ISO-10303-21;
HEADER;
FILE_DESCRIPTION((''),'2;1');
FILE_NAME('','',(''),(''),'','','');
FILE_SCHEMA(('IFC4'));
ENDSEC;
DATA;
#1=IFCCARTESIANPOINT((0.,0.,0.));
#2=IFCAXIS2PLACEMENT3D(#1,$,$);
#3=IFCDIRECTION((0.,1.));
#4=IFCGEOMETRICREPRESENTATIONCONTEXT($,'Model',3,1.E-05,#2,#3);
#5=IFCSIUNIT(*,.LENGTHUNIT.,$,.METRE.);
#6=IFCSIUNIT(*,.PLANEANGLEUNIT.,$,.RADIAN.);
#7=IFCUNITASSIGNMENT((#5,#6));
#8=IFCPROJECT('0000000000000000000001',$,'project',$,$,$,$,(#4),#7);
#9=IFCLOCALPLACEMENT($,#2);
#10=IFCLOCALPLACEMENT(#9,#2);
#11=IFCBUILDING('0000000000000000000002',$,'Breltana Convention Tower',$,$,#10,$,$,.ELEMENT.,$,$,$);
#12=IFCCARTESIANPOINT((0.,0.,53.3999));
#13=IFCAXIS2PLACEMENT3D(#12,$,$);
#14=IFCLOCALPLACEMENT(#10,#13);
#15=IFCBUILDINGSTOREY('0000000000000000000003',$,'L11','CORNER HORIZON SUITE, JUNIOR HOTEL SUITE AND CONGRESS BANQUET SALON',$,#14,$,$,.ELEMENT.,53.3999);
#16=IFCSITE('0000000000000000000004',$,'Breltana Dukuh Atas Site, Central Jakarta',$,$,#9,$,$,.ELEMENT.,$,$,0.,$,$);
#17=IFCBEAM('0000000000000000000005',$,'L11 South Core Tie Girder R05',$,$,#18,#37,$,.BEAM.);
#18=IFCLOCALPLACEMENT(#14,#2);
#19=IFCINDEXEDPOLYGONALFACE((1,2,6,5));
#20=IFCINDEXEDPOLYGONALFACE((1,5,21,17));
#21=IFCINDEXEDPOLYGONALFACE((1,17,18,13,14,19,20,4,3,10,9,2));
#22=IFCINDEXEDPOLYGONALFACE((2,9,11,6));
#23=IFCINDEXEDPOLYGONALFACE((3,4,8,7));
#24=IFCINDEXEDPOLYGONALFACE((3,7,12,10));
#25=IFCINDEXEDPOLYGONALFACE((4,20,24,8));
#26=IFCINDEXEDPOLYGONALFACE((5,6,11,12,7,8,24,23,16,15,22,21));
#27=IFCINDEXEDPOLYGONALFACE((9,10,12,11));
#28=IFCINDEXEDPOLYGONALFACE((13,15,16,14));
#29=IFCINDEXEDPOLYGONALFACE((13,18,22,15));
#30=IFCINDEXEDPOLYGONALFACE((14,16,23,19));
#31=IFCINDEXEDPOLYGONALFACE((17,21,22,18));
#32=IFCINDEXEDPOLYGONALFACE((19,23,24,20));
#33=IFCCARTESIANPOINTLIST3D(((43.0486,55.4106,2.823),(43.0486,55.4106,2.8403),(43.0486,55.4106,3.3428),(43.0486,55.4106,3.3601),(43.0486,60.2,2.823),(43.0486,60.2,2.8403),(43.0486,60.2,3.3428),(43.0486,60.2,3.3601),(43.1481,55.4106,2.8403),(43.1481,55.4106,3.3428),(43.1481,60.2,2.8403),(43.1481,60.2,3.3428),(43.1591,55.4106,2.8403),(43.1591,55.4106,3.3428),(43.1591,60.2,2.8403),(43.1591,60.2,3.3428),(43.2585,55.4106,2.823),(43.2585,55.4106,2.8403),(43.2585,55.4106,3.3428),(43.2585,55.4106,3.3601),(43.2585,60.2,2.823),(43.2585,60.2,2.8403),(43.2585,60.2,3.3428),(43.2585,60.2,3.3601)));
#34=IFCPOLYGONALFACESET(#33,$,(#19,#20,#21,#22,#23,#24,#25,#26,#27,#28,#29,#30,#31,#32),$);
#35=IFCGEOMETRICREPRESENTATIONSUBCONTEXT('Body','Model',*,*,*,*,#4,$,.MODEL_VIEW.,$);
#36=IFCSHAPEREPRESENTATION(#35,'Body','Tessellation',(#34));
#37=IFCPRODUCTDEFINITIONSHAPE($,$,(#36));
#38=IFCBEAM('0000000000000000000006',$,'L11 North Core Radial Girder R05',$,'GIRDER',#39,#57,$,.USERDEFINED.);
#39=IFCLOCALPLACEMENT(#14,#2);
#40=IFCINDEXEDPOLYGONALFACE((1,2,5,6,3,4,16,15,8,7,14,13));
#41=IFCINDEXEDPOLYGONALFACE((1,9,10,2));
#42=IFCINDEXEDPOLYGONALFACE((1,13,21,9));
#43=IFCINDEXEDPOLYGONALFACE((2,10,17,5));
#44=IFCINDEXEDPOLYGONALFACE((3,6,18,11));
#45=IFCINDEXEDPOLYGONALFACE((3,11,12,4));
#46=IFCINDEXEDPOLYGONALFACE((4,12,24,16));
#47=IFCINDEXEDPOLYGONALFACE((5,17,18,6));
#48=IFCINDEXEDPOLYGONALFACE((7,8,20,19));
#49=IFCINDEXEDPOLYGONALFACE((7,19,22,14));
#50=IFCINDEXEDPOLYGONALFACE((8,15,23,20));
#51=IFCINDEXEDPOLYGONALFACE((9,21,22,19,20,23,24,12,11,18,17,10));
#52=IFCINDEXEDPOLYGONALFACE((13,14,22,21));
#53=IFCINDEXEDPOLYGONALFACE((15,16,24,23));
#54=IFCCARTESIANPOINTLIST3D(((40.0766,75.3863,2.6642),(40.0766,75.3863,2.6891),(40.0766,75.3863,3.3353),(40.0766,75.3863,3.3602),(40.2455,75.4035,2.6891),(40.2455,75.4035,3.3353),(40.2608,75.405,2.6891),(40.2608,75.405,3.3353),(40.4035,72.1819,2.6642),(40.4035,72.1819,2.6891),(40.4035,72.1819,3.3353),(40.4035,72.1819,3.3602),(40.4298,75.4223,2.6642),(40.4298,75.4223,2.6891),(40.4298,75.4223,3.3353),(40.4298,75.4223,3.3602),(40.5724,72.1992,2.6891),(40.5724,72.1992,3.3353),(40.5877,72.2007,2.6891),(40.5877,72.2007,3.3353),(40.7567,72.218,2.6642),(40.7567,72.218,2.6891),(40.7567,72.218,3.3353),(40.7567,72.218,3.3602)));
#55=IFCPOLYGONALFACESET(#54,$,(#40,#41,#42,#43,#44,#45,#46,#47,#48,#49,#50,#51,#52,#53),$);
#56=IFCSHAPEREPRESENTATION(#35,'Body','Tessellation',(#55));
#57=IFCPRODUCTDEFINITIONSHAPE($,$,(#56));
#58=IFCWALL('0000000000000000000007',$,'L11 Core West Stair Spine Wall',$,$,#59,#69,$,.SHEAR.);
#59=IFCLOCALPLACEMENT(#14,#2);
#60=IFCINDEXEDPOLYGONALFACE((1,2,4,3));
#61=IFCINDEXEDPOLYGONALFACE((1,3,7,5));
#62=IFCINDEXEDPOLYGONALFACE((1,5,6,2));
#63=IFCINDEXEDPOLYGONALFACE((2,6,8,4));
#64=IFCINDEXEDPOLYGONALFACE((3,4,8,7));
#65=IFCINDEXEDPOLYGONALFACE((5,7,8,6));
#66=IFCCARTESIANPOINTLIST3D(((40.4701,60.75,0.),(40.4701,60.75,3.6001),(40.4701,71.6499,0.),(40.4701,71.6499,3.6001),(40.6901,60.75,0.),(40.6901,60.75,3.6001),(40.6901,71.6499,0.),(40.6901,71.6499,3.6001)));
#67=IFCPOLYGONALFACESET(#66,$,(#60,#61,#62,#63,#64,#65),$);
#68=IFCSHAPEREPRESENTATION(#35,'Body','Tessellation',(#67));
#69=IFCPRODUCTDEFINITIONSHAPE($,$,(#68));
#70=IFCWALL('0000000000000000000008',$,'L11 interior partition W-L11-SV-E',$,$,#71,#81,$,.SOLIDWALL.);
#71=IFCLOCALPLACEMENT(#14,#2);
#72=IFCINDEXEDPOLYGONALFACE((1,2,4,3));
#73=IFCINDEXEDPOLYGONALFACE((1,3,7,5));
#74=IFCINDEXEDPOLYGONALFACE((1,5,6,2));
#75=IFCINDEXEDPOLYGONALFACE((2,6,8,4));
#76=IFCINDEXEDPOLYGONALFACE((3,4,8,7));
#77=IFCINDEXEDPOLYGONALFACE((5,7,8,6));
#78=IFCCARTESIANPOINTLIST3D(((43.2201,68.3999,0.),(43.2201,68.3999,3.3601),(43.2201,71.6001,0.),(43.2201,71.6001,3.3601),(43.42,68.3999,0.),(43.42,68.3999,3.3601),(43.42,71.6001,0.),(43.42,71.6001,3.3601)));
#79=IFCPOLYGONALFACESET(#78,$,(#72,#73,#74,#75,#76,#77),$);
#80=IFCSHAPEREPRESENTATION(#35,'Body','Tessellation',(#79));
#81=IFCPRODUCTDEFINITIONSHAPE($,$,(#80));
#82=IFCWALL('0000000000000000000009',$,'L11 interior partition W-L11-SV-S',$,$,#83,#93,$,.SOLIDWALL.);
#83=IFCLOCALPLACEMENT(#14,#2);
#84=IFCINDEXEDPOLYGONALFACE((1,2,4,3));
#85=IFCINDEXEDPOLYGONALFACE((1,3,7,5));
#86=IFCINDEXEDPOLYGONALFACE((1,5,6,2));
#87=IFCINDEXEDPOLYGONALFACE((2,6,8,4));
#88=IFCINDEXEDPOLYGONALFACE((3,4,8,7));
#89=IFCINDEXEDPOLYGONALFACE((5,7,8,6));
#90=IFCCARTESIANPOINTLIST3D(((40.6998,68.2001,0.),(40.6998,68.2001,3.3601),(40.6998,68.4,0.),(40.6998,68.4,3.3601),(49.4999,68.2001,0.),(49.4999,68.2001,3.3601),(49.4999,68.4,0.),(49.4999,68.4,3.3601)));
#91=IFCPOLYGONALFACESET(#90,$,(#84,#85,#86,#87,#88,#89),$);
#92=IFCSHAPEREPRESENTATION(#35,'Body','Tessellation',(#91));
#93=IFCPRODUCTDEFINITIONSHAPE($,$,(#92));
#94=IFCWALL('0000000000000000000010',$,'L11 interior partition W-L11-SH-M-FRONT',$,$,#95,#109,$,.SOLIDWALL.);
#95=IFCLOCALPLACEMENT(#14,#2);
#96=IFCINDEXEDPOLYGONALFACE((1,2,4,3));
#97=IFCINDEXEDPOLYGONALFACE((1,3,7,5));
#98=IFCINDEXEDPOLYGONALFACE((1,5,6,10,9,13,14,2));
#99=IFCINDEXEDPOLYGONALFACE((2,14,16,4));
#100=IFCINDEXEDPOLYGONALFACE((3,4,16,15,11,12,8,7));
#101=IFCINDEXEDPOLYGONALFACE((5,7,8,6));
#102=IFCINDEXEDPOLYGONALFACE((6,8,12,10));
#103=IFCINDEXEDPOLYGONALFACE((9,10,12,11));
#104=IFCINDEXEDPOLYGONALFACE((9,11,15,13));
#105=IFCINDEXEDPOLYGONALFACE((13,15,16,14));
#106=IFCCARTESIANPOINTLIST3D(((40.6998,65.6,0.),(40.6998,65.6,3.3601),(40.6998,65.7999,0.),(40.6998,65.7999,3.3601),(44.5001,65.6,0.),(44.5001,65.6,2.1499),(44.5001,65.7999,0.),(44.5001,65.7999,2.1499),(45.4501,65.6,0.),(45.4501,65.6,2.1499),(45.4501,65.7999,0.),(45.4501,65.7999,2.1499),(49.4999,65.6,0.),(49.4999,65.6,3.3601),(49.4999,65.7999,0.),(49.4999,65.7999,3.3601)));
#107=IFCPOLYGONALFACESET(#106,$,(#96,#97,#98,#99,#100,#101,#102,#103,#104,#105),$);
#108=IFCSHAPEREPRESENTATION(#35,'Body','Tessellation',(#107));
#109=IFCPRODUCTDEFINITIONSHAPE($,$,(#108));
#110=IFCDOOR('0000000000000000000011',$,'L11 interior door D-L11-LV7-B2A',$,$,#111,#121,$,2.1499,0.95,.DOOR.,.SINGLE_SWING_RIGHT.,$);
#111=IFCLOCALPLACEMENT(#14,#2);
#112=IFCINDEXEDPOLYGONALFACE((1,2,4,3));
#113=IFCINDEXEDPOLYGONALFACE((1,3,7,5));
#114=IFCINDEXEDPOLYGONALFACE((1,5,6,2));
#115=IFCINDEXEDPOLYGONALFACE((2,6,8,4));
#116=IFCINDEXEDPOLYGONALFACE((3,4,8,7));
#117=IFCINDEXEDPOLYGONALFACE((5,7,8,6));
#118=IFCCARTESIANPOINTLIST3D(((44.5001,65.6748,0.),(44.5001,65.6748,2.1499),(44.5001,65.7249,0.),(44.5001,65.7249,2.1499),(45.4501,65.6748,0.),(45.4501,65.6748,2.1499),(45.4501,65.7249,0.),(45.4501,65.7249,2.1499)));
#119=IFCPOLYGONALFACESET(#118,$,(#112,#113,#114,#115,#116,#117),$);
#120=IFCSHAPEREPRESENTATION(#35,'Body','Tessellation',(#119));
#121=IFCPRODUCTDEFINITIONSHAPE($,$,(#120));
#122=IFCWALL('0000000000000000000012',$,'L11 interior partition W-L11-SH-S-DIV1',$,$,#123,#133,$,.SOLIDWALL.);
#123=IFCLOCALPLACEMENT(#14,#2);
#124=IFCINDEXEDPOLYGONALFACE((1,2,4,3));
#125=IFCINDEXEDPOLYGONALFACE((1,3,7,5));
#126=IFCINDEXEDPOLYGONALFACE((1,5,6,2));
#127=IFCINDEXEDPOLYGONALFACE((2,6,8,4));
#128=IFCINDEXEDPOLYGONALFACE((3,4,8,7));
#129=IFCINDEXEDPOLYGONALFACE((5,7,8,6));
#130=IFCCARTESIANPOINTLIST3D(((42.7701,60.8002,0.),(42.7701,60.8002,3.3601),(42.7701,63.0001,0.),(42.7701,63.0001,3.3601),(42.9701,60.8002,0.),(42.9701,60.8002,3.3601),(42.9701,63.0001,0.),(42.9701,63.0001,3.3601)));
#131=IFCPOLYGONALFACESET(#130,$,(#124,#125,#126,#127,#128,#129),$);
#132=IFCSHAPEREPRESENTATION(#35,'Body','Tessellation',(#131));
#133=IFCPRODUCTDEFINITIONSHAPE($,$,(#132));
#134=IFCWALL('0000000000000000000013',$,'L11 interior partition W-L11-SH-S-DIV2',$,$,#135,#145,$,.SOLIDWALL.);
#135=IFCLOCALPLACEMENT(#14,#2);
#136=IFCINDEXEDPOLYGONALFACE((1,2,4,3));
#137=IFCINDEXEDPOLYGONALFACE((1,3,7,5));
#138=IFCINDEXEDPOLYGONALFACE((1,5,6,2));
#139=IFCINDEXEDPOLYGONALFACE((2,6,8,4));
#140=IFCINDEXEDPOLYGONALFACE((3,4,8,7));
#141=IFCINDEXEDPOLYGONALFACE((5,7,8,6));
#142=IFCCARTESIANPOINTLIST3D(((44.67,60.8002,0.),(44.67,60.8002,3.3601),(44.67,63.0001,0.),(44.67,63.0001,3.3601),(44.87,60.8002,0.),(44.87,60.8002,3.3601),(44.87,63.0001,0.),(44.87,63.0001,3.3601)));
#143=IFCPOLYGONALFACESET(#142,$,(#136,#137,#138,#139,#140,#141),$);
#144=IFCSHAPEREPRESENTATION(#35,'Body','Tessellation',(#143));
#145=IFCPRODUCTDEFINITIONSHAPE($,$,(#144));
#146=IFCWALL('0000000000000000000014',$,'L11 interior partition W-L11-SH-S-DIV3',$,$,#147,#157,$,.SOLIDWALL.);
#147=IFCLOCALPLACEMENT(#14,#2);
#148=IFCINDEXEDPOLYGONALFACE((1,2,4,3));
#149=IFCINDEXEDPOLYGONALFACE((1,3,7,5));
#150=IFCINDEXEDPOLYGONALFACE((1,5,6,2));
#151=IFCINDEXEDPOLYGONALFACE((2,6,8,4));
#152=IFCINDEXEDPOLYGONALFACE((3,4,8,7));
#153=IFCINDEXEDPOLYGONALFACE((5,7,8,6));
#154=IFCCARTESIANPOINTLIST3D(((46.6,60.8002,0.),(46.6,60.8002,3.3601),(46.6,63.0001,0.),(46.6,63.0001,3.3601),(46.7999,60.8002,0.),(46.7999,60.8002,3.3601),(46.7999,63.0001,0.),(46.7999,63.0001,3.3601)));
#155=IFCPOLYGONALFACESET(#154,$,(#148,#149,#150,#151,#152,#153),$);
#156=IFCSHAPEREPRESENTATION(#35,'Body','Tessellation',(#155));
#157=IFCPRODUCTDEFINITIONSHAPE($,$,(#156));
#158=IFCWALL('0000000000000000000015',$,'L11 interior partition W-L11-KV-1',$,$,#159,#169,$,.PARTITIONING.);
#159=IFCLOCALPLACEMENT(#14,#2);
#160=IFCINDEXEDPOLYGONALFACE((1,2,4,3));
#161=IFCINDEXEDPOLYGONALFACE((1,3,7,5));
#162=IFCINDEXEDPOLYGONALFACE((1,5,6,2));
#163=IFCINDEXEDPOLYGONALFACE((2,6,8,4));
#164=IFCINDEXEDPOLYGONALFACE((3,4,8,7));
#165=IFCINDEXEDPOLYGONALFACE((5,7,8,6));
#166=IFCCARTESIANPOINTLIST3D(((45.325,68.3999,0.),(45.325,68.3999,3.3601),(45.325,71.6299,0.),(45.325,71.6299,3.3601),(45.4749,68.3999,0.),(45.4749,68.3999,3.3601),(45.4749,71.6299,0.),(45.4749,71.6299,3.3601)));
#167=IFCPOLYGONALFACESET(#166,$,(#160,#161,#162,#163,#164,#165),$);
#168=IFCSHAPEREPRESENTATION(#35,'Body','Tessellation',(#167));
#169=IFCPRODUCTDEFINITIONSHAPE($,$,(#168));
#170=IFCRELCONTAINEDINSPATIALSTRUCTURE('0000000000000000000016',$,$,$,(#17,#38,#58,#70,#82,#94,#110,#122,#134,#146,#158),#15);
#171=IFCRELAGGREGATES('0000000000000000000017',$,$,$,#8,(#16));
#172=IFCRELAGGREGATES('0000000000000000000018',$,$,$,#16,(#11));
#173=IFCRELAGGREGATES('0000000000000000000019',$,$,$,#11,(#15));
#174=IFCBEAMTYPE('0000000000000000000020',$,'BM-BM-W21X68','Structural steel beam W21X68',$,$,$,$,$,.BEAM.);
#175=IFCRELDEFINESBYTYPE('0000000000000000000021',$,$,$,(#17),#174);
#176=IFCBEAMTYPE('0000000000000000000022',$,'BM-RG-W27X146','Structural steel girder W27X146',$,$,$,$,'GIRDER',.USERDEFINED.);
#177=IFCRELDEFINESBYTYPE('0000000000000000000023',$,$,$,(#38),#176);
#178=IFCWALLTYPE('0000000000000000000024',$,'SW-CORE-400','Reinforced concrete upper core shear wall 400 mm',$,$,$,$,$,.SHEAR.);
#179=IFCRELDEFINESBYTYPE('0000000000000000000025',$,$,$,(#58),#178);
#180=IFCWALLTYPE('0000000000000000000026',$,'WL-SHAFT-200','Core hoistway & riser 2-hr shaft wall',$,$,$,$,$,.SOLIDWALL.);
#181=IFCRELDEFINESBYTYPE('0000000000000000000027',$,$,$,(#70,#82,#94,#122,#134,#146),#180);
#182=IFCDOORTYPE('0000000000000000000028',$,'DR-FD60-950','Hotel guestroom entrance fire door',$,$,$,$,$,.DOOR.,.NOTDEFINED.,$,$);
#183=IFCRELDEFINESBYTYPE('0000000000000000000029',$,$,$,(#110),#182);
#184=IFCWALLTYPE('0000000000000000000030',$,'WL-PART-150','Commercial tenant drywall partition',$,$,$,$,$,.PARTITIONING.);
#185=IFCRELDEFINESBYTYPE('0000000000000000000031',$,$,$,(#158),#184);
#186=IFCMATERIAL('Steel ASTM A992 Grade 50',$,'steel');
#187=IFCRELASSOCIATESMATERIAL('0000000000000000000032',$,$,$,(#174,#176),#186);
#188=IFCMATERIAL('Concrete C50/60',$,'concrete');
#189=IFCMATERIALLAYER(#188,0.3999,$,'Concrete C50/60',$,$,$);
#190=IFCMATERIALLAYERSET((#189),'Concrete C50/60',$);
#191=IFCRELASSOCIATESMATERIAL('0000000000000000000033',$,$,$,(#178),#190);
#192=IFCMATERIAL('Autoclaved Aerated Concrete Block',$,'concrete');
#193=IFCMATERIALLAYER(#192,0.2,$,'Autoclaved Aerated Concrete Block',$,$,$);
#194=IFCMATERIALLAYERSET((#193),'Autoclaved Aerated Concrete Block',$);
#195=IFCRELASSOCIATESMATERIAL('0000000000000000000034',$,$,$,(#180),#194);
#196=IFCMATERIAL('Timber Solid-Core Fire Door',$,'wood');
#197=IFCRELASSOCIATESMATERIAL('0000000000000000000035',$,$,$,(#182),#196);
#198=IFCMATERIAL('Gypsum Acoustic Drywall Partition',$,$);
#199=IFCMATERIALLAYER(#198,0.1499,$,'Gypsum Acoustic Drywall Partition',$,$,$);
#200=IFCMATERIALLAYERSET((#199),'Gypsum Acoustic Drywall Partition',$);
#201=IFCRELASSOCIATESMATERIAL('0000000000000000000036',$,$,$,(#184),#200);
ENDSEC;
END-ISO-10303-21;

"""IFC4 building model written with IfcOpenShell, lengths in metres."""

from ifc_helpers import new_model, si_unit, direction, frame, frame_2d, origin, origin_2d, place, context, subcontext, project, spatial, rectangle, i_section, extrude, source, transform, mapped, material, layer, layer_set, material_profile, profile_set, type_object, type_shapes, element, fill, save


model = new_model("IFC4")

# Units and contexts
model_context = context("Model", 3, precision=1e-05, world=origin(), true_north=direction((0.0, 1.0)))
body_context = subcontext(model_context, "Body", "Model", "MODEL_VIEW")
ifc_project = project(units=[si_unit("LENGTHUNIT", "METRE"), si_unit("PLANEANGLEUNIT", "RADIAN")], contexts=[model_context])

# Site, building, storey
site_placement = place(None, origin())
site = spatial("IfcSite", under=ifc_project, at=site_placement, Name="Breltana Dukuh Atas Site, Central Jakarta", CompositionType="ELEMENT", RefElevation=0.0)
building_placement = place(site_placement, origin())
building = spatial("IfcBuilding", under=site, at=building_placement, Name="Breltana Convention Tower", CompositionType="ELEMENT")
storey_placement = place(building_placement, frame((0.0, 0.0, 53.3999)))
storey = spatial("IfcBuildingStorey", under=building, at=storey_placement, Name="L11", Description="CORNER HORIZON SUITE, JUNIOR HOTEL SUITE AND CONGRESS BANQUET SALON", CompositionType="ELEMENT", Elevation=53.3999)

# Beams
ifc_material_1 = material(Name="Steel ASTM A992 Grade 50", Category="steel")
ifc_material_profile_1 = material_profile(ifc_material_1, i_section(OverallWidth=0.21, OverallDepth=0.5371, WebThickness=0.011, FlangeThickness=0.0173, at=origin_2d()), Name="W21X68")
ifc_profile_set_1 = profile_set([ifc_material_profile_1], Name="Steel ASTM A992 Grade 50")
beam_type_1 = type_object("IfcBeamType", Name="BM-BM-W21X68", Description="Structural steel beam W21X68", PredefinedType="BEAM", material=ifc_profile_set_1)
shared_shape_1 = source(origin(), body_context, "Body", "SweptSolid", [
    extrude(i_section(OverallWidth=0.21, OverallDepth=0.5371, WebThickness=0.011, FlangeThickness=0.0173, at=origin_2d()), origin(), (0.0, 0.0, 1.0), 4.7893),
])
beam_1_placement = place(storey_placement, frame((43.1536, 60.2, 3.0916), z_axis=(0.0, -1.0, 0.0), x_axis=(1.0, 0.0, 0.0)))
element("IfcBeam", 1, at=beam_1_placement, inside=storey, type_object=beam_type_1, Name="L11 South Core Tie Girder R05", PredefinedType="BEAM", context=body_context, shape_type="MappedRepresentation", body=[
    mapped(shared_shape_1, transform((0.0, 0.0, 0.0), scale=1.0)),
])
ifc_material_profile_2 = material_profile(ifc_material_1, i_section(OverallWidth=0.355, OverallDepth=0.696, WebThickness=0.0154, FlangeThickness=0.0249, at=origin_2d()), Name="W27X146")
ifc_profile_set_2 = profile_set([ifc_material_profile_2], Name="Steel ASTM A992 Grade 50")
beam_type_2 = type_object("IfcBeamType", Name="BM-RG-W27X146", Description="Structural steel girder W27X146", ElementType="GIRDER", PredefinedType="USERDEFINED", material=ifc_profile_set_2)
shared_shape_2 = source(origin(), body_context, "Body", "SweptSolid", [
    extrude(i_section(OverallWidth=0.355, OverallDepth=0.696, WebThickness=0.0154, FlangeThickness=0.0249, at=origin_2d()), origin(), (0.0, 0.0, 1.0), 3.2209),
])
beam_2_placement = place(storey_placement, frame((40.5801, 72.2, 3.0122), z_axis=(-0.101492, 0.994836, 0.0), x_axis=(-0.994836, -0.101492, 0.0)))
element("IfcBeam", 2, at=beam_2_placement, inside=storey, type_object=beam_type_2, Name="L11 North Core Radial Girder R05", ObjectType="GIRDER", PredefinedType="USERDEFINED", context=body_context, shape_type="MappedRepresentation", body=[
    mapped(shared_shape_2, transform((0.0, 0.0, 0.0), scale=1.0)),
])

# Walls
ifc_material_2 = material(Name="Concrete C50/60", Category="concrete")
ifc_layer_1 = layer(ifc_material_2, 0.3999, Name="Concrete C50/60")
ifc_layer_set_1 = layer_set([ifc_layer_1], Name="Concrete C50/60")
wall_type_1 = type_object("IfcWallType", Name="SW-CORE-400", Description="Reinforced concrete upper core shear wall 400 mm", PredefinedType="SHEAR", material=ifc_layer_set_1)
shared_shape_3 = source(origin(), body_context, "Body", "SweptSolid", [
    extrude(rectangle(XDim=10.8999, YDim=0.22, at=frame_2d((5.45, 0.0))), origin(), (0.0, 0.0, 1.0), 3.6001),
])
wall_1_placement = place(storey_placement, frame((40.5801, 60.75, 0.0), z_axis=(0.0, 0.0, 1.0), x_axis=(0.0, 1.0, 0.0)))
element("IfcWall", 3, at=wall_1_placement, inside=storey, type_object=wall_type_1, Name="L11 Core West Stair Spine Wall", PredefinedType="SHEAR", context=body_context, shape_type="MappedRepresentation", body=[
    mapped(shared_shape_3, transform((0.0, 0.0, 0.0), scale=1.0)),
])
ifc_material_3 = material(Name="Autoclaved Aerated Concrete Block", Category="concrete")
ifc_layer_2 = layer(ifc_material_3, 0.2, Name="Autoclaved Aerated Concrete Block")
ifc_layer_set_2 = layer_set([ifc_layer_2], Name="Autoclaved Aerated Concrete Block")
wall_type_2 = type_object("IfcWallType", Name="WL-SHAFT-200", Description="Core hoistway & riser 2-hr shaft wall", PredefinedType="SOLIDWALL", material=ifc_layer_set_2)
shared_shape_4 = source(origin(), body_context, "Body", "SweptSolid", [
    extrude(rectangle(XDim=3.2002, YDim=0.2, at=frame_2d((1.6001, 0.0))), origin(), (0.0, 0.0, 1.0), 3.3601),
])
wall_2_placement = place(storey_placement, frame((43.3201, 68.3999, 0.0), z_axis=(0.0, 0.0, 1.0), x_axis=(0.0, 1.0, 0.0)))
element("IfcWall", 4, at=wall_2_placement, inside=storey, type_object=wall_type_2, Name="L11 interior partition W-L11-SV-E", PredefinedType="SOLIDWALL", context=body_context, shape_type="MappedRepresentation", body=[
    mapped(shared_shape_4, transform((0.0, 0.0, 0.0), scale=1.0)),
])
shared_shape_5 = source(origin(), body_context, "Body", "SweptSolid", [
    extrude(rectangle(XDim=8.8, YDim=0.2, at=frame_2d((4.3999, 0.0))), origin(), (0.0, 0.0, 1.0), 3.3601),
])
wall_3_placement = place(storey_placement, frame((40.7, 68.3, 0.0), z_axis=(0.0, 0.0, 1.0), x_axis=(1.0, 0.0, 0.0)))
element("IfcWall", 5, at=wall_3_placement, inside=storey, type_object=wall_type_2, Name="L11 interior partition W-L11-SV-S", PredefinedType="SOLIDWALL", context=body_context, shape_type="MappedRepresentation", body=[
    mapped(shared_shape_5, transform((0.0, 0.0, 0.0), scale=1.0)),
])

# Wall, opening, door
wall_4_placement = place(storey_placement, frame((40.7, 65.7, 0.0), z_axis=(0.0, 0.0, 1.0), x_axis=(1.0, 0.0, 0.0)))
wall_4 = element("IfcWall", 6, at=wall_4_placement, inside=storey, type_object=wall_type_2, Name="L11 interior partition W-L11-SH-M-FRONT", PredefinedType="SOLIDWALL", context=body_context, shape_type="MappedRepresentation", body=[
    mapped(shared_shape_5, transform((0.0, 0.0, 0.0), scale=1.0)),
])
opening_1_placement = place(wall_4_placement, frame((3.8, 0.0, 0.0)))
opening_1 = element("IfcOpeningElement", 7, at=opening_1_placement, cuts=wall_4, PredefinedType="OPENING", context=body_context, shape_type="SweptSolid", body=[
    extrude(rectangle(XDim=0.95, YDim=2.1499, at=frame_2d((0.4751, 1.075))), frame((0.0, 0.1099, 0.0), z_axis=(0.0, -1.0, 0.0), x_axis=(1.0, 0.0, 0.0)), (0.0, 0.0, 1.0), 0.22),
])
ifc_material_4 = material(Name="Timber Solid-Core Fire Door", Category="wood")
door_type_1 = type_object("IfcDoorType", Name="DR-FD60-950", Description="Hotel guestroom entrance fire door", OperationType="NOTDEFINED", PredefinedType="DOOR", material=ifc_material_4)
shared_shape_6 = source(origin(), body_context, "Body", "SweptSolid", [
    extrude(rectangle(XDim=0.95, YDim=2.1499, at=frame_2d((0.4751, 1.075))), frame((0.0, 0.0249, 0.0), z_axis=(0.0, -1.0, 0.0), x_axis=(1.0, 0.0, 0.0)), (0.0, 0.0, 1.0), 0.05),
])
type_shapes(door_type_1, [shared_shape_6])
door_1_placement = place(opening_1_placement, origin())
door_1 = element("IfcDoor", 8, at=door_1_placement, inside=storey, type_object=door_type_1, Name="L11 interior door D-L11-LV7-B2A", OperationType="SINGLE_SWING_RIGHT", OverallHeight=2.1499, OverallWidth=0.95, PredefinedType="DOOR", context=body_context, shape_type="MappedRepresentation", body=[
    mapped(shared_shape_6, transform((0.0, 0.0, 0.0), scale=1.0)),
])
fill(opening_1, door_1)

# Walls
shared_shape_7 = source(origin(), body_context, "Body", "SweptSolid", [
    extrude(rectangle(XDim=2.2, YDim=0.2, at=frame_2d((1.1001, 0.0))), origin(), (0.0, 0.0, 1.0), 3.3601),
])
for number, where, z_axis, x_axis, name in (
    (9, (42.8701, 60.8, 0.0), (0.0, 0.0, 1.0), (0.0, 1.0, 0.0), "L11 interior partition W-L11-SH-S-DIV1"),
    (10, (44.77, 60.8, 0.0), (0.0, 0.0, 1.0), (0.0, 1.0, 0.0), "L11 interior partition W-L11-SH-S-DIV2"),
    (11, (46.7, 60.8, 0.0), (0.0, 0.0, 1.0), (0.0, 1.0, 0.0), "L11 interior partition W-L11-SH-S-DIV3"),
):
    element("IfcWall", number, at=place(storey_placement, frame(where, z_axis=z_axis, x_axis=x_axis)), inside=storey, type_object=wall_type_2, Name=name, PredefinedType="SOLIDWALL", context=body_context, shape_type="MappedRepresentation", body=[
        mapped(shared_shape_7, transform((0.0, 0.0, 0.0), scale=1.0)),
    ])
ifc_material_5 = material(Name="Gypsum Acoustic Drywall Partition")
ifc_layer_3 = layer(ifc_material_5, 0.1499, Name="Gypsum Acoustic Drywall Partition")
ifc_layer_set_3 = layer_set([ifc_layer_3], Name="Gypsum Acoustic Drywall Partition")
wall_type_3 = type_object("IfcWallType", Name="WL-PART-150", Description="Commercial tenant drywall partition", PredefinedType="PARTITIONING", material=ifc_layer_set_3)
shared_shape_8 = source(origin(), body_context, "Body", "SweptSolid", [
    extrude(rectangle(XDim=3.23, YDim=0.1499, at=frame_2d((1.615, 0.0))), origin(), (0.0, 0.0, 1.0), 3.3601),
])
for number, where, z_axis, x_axis, name in (
    (12, (45.3999, 68.3999, 0.0), (0.0, 0.0, 1.0), (0.0, 1.0, 0.0), "L11 interior partition W-L11-KV-1"),
):
    element("IfcWall", number, at=place(storey_placement, frame(where, z_axis=z_axis, x_axis=x_axis)), inside=storey, type_object=wall_type_3, Name=name, PredefinedType="PARTITIONING", context=body_context, shape_type="MappedRepresentation", body=[
        mapped(shared_shape_8, transform((0.0, 0.0, 0.0), scale=1.0)),
    ])

save(model, "model.ifc")
